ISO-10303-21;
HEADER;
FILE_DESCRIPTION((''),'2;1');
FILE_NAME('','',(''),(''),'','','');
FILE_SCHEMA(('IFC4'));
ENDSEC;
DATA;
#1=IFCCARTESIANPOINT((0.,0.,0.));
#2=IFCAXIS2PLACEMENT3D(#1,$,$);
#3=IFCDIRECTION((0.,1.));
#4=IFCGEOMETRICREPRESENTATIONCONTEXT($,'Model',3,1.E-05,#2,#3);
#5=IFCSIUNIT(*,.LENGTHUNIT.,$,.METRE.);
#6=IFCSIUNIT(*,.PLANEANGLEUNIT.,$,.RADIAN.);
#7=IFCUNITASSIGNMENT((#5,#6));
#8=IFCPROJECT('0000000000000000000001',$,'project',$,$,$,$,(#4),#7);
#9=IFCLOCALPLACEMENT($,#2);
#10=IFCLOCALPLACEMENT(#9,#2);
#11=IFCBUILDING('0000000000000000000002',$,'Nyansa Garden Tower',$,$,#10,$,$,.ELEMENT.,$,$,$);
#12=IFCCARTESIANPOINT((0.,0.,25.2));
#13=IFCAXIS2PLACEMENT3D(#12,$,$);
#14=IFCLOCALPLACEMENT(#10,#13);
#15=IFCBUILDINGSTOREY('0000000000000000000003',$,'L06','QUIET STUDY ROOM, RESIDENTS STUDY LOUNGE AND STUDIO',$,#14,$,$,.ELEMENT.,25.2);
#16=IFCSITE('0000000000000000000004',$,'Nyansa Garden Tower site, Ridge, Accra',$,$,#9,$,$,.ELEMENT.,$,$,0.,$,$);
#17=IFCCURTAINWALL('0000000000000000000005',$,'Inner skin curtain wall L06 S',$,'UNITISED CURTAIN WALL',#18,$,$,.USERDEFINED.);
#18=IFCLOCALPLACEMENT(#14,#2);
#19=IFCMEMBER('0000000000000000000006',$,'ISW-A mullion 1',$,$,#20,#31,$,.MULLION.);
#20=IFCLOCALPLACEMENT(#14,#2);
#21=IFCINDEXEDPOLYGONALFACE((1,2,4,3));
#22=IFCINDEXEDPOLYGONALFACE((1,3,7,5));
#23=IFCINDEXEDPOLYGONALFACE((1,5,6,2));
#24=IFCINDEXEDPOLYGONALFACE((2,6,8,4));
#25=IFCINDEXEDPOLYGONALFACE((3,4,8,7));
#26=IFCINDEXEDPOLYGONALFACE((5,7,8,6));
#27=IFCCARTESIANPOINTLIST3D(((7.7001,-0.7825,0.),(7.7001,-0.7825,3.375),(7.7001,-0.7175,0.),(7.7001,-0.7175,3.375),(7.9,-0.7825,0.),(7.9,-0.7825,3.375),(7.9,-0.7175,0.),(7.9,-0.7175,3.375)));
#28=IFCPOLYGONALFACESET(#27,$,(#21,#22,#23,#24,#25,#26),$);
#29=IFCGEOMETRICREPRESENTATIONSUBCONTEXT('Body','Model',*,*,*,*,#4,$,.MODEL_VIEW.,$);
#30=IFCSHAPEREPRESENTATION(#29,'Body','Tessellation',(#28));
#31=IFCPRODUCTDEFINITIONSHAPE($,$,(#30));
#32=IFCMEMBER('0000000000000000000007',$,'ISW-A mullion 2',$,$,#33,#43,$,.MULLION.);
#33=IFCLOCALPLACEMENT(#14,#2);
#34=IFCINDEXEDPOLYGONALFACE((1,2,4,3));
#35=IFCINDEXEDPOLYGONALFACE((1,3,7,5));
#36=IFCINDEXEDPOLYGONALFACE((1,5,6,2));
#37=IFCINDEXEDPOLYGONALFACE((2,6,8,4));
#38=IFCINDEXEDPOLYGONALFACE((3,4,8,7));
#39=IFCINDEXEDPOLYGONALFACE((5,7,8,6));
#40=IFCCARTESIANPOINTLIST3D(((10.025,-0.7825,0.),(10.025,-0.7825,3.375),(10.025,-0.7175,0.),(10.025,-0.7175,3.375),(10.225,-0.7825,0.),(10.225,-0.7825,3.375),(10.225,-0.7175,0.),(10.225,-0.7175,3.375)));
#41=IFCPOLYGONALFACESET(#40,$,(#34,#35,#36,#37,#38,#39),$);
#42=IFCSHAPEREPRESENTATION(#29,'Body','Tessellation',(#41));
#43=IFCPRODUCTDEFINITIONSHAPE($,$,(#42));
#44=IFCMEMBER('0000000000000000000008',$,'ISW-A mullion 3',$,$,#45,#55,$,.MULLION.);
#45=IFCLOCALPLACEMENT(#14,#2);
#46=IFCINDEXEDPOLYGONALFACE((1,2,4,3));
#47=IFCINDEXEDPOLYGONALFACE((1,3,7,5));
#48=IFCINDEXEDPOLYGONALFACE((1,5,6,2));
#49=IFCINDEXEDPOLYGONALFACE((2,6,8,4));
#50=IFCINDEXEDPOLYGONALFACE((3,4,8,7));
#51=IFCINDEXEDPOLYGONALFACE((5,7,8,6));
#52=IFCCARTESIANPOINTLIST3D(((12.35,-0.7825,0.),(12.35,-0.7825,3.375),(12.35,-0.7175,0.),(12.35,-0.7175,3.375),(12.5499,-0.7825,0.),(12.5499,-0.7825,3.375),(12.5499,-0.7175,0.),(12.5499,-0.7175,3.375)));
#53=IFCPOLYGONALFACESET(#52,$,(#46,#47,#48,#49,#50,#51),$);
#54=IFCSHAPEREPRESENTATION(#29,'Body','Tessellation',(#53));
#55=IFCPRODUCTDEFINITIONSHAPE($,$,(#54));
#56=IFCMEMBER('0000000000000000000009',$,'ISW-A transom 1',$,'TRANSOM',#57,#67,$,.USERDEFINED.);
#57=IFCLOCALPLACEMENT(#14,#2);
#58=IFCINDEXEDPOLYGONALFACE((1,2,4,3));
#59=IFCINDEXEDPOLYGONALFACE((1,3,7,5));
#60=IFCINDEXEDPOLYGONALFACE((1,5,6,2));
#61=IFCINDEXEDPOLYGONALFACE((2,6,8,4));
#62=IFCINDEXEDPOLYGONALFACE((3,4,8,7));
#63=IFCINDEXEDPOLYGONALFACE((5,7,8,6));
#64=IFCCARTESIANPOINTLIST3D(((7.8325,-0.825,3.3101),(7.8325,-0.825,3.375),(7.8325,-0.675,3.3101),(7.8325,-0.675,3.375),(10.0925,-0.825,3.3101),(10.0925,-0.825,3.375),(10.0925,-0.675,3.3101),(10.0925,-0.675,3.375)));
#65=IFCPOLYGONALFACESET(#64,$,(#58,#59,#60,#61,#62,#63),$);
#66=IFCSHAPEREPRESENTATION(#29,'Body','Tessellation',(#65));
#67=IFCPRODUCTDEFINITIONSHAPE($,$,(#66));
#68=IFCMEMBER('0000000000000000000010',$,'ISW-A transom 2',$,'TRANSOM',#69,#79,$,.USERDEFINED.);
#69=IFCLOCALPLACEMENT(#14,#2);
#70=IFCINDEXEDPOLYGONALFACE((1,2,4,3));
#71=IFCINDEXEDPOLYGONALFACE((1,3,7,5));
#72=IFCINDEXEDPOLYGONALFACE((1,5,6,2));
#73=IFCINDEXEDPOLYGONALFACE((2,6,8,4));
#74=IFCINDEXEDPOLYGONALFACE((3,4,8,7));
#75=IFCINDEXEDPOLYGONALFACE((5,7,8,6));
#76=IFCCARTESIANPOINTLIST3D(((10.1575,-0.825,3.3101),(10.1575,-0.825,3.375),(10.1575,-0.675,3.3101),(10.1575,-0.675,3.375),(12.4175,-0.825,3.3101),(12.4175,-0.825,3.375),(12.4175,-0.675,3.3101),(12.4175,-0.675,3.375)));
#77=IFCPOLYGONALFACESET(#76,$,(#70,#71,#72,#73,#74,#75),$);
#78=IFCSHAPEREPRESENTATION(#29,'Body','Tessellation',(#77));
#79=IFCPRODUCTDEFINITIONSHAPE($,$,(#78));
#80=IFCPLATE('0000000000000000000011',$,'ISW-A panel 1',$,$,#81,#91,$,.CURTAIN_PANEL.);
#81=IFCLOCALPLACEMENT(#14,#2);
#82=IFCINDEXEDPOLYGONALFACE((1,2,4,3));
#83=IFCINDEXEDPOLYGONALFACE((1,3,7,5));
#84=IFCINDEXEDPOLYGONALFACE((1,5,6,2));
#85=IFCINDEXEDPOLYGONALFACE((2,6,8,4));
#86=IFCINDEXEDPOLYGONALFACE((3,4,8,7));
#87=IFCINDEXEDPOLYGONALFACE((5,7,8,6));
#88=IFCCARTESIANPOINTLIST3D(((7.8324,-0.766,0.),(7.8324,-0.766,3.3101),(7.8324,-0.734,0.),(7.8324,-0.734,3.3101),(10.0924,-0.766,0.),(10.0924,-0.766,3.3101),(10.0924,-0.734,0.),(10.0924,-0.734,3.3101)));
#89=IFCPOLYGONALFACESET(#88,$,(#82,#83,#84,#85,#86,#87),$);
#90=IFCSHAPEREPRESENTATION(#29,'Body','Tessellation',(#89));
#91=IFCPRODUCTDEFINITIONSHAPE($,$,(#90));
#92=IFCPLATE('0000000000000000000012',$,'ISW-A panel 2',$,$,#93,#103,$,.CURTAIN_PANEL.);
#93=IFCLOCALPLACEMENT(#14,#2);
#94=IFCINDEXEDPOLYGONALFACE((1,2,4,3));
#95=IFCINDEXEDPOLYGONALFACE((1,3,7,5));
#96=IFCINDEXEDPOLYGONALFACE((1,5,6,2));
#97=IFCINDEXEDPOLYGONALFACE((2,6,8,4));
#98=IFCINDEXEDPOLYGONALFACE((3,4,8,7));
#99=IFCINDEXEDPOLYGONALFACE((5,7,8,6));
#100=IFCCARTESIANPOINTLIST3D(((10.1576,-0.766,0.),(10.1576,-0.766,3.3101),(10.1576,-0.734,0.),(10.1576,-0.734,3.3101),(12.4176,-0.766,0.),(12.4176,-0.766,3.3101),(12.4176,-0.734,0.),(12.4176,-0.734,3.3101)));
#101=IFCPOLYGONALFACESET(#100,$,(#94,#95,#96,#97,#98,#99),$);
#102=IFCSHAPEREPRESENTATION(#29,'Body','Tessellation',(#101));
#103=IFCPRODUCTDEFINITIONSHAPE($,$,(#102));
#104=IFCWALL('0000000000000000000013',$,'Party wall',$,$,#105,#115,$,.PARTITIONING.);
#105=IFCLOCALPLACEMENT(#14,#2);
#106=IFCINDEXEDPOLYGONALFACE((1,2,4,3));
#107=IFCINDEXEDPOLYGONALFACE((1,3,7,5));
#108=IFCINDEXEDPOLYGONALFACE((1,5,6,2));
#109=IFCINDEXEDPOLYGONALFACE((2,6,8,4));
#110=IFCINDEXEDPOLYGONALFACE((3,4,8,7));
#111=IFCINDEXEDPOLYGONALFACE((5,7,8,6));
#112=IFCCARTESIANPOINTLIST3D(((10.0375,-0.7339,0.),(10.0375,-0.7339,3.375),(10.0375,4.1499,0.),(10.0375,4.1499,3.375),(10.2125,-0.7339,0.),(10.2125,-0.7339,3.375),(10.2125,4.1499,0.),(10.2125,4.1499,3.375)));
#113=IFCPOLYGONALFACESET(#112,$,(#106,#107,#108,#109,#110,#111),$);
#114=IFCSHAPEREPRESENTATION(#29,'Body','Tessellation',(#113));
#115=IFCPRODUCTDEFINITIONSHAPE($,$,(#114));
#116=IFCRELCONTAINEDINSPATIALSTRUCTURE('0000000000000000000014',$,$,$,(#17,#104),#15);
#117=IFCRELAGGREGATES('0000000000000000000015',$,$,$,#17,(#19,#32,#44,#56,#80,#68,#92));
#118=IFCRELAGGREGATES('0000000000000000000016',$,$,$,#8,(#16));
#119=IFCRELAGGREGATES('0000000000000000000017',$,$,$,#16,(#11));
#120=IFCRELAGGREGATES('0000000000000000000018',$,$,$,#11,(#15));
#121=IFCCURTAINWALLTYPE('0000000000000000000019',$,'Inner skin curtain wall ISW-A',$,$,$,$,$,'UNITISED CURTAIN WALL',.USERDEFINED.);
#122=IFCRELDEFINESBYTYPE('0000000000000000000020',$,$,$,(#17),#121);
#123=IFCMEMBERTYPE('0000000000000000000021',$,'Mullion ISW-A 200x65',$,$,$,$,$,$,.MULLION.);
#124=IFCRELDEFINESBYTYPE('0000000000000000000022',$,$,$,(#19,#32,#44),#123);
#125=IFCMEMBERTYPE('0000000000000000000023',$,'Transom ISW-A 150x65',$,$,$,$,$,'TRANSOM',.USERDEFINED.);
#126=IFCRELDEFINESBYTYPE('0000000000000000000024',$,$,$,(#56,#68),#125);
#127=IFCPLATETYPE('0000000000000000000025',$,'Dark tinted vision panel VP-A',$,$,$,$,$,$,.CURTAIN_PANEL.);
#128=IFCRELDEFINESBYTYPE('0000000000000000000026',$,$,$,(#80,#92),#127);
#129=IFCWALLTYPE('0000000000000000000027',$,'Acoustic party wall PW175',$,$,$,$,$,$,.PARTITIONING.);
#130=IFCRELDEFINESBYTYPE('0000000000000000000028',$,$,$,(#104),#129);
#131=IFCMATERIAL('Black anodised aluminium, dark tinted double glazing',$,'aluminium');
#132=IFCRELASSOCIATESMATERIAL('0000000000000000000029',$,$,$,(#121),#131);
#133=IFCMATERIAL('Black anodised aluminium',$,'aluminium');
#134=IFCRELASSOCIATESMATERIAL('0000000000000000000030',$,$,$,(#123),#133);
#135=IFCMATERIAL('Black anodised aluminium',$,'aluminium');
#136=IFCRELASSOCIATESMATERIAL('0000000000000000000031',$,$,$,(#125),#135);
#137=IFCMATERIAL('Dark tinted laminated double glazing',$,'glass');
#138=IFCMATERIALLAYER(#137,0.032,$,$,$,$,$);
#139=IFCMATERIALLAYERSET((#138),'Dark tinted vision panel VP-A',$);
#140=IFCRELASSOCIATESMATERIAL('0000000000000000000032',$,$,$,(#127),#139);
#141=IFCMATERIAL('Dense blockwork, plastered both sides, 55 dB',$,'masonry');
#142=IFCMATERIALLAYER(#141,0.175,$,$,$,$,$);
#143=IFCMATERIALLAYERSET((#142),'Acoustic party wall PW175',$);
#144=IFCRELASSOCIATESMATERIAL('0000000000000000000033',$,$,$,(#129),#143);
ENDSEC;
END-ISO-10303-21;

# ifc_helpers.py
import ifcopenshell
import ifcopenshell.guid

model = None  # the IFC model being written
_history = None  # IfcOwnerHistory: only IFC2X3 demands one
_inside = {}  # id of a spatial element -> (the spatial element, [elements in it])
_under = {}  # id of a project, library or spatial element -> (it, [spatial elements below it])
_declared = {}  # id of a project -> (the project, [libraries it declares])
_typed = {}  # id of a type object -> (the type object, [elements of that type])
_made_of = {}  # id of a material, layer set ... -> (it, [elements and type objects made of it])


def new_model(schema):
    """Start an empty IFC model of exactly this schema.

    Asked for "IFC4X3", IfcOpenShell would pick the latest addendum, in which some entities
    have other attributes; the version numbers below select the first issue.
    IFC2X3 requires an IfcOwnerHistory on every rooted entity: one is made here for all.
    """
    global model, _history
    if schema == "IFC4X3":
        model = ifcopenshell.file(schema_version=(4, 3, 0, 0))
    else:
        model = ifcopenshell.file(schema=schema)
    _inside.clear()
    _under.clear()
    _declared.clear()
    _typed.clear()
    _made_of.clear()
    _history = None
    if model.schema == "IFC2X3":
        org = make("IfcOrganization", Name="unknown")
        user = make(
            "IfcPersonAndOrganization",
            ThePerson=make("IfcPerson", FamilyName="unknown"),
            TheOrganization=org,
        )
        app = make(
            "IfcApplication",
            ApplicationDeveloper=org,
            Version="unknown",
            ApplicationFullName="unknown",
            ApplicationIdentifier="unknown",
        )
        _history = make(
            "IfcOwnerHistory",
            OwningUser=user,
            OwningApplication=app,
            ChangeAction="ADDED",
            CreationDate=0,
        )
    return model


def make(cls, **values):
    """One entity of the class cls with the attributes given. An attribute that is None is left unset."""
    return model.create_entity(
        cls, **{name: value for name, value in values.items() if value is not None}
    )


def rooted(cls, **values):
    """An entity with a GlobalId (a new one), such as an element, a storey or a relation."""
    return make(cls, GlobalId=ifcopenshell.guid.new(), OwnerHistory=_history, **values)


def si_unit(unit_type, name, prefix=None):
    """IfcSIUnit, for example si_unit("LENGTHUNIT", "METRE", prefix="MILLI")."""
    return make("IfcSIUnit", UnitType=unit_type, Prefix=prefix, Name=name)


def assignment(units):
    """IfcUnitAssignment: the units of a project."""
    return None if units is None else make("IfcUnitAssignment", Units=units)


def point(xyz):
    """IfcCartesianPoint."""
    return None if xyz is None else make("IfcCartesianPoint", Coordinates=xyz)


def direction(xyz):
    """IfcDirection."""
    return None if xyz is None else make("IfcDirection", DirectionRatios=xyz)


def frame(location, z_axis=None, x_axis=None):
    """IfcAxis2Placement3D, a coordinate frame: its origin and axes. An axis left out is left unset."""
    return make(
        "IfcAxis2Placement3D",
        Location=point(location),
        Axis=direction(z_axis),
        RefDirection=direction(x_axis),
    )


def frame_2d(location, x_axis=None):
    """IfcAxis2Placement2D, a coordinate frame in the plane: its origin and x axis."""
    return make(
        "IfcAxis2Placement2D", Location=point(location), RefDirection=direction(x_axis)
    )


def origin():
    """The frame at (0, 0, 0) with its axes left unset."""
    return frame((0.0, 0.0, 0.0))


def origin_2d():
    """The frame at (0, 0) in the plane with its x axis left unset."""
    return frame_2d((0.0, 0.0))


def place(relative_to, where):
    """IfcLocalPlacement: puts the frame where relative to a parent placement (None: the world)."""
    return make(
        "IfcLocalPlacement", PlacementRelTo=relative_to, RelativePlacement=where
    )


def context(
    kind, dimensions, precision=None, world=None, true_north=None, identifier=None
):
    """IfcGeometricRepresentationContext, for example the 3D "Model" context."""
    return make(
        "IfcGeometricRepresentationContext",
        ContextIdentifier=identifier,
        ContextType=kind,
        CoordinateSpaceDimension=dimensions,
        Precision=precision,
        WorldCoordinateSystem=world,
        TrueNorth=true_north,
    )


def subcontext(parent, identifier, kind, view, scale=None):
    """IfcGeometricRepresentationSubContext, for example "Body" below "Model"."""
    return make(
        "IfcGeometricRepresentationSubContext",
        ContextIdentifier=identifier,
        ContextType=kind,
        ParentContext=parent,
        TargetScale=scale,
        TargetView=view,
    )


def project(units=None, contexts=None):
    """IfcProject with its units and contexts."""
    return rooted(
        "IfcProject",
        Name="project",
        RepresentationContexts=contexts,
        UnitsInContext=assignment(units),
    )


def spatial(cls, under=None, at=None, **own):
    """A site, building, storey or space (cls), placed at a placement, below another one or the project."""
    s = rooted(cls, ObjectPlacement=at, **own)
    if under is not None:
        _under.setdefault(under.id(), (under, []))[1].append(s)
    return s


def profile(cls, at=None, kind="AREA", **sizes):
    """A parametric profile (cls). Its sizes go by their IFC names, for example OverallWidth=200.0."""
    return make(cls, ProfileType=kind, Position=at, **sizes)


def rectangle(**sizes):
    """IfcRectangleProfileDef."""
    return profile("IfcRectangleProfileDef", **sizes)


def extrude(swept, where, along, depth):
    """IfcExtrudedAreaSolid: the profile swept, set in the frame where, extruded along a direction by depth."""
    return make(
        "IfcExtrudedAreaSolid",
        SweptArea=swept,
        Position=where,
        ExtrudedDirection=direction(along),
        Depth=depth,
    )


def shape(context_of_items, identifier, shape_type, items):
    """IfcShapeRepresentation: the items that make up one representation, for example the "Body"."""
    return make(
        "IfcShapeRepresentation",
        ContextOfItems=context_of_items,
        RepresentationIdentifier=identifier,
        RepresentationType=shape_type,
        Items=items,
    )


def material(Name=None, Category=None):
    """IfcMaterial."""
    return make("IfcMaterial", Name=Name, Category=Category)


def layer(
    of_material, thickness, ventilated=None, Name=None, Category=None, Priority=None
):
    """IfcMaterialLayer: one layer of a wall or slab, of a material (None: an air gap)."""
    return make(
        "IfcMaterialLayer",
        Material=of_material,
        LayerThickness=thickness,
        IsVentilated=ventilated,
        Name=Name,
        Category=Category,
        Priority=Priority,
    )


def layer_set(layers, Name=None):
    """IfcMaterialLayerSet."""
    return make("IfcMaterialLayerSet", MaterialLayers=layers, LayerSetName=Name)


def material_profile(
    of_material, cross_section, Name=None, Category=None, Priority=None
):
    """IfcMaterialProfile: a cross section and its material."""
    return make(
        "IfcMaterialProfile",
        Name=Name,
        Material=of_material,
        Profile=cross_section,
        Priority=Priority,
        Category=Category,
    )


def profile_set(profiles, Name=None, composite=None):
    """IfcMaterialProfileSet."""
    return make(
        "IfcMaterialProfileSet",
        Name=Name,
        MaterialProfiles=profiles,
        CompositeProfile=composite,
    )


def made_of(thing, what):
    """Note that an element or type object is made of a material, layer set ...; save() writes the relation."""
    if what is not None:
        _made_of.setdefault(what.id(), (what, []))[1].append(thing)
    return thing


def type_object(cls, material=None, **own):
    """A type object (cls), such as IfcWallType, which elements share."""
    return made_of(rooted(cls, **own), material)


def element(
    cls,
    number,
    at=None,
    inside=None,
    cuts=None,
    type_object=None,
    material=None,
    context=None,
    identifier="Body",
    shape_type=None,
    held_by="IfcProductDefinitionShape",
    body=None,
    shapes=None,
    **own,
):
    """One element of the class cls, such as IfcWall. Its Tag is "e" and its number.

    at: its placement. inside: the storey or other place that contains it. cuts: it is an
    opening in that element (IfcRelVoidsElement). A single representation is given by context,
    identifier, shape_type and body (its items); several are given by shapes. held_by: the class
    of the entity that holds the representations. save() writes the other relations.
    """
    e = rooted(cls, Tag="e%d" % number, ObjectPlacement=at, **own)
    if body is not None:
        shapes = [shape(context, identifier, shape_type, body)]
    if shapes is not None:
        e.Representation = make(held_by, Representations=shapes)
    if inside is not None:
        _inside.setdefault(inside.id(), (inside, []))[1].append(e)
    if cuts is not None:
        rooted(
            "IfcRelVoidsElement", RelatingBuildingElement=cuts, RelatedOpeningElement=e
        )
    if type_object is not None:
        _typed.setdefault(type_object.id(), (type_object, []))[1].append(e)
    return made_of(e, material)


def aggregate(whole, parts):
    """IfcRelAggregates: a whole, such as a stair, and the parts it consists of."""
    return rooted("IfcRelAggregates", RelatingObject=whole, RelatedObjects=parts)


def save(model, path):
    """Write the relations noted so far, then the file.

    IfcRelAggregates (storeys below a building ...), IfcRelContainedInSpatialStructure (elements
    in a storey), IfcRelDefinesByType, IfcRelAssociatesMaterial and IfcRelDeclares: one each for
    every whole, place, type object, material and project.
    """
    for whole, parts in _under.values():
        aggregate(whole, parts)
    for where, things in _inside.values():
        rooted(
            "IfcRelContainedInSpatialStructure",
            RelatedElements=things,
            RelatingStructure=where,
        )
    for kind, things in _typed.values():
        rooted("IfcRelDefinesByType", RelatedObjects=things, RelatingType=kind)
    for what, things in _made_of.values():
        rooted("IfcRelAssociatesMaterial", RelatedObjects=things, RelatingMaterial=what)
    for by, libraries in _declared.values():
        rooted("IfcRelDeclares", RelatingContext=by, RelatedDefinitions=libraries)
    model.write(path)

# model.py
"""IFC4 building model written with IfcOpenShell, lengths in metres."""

from ifc_helpers import new_model, si_unit, direction, frame, frame_2d, origin, origin_2d, place, context, subcontext, project, spatial, rectangle, extrude, material, layer, layer_set, material_profile, profile_set, type_object, element, aggregate, save


model = new_model("IFC4")

# Units and contexts
model_context = context("Model", 3, precision=1e-05, world=origin(), true_north=direction((0.0, 1.0)))
body_context = subcontext(model_context, "Body", "Model", "MODEL_VIEW")
ifc_project = project(units=[si_unit("LENGTHUNIT", "METRE"), si_unit("PLANEANGLEUNIT", "RADIAN")], contexts=[model_context])

# Site, building, storey
site_placement = place(None, origin())
site = spatial("IfcSite", under=ifc_project, at=site_placement, Name="Nyansa Garden Tower site, Ridge, Accra", CompositionType="ELEMENT", RefElevation=0.0)
building_placement = place(site_placement, origin())
building = spatial("IfcBuilding", under=site, at=building_placement, Name="Nyansa Garden Tower", CompositionType="ELEMENT")
storey_placement = place(building_placement, frame((0.0, 0.0, 25.2)))
storey = spatial("IfcBuildingStorey", under=building, at=storey_placement, Name="L06", Description="QUIET STUDY ROOM, RESIDENTS STUDY LOUNGE AND STUDIO", CompositionType="ELEMENT", Elevation=25.2)

# Curtain wall, members, plates
ifc_material_1 = material(Name="Black anodised aluminium, dark tinted double glazing", Category="aluminium")
curtain_wall_type = type_object("IfcCurtainWallType", Name="Inner skin curtain wall ISW-A", ElementType="UNITISED CURTAIN WALL", PredefinedType="USERDEFINED", material=ifc_material_1)
curtain_wall_placement = place(storey_placement, origin())
curtain_wall = element("IfcCurtainWall", 1, at=curtain_wall_placement, inside=storey, type_object=curtain_wall_type, Name="Inner skin curtain wall L06 S", ObjectType="UNITISED CURTAIN WALL", PredefinedType="USERDEFINED")
ifc_material_2 = material(Name="Black anodised aluminium", Category="aluminium")
ifc_material_profile_1 = material_profile(ifc_material_2, rectangle(XDim=0.0649, YDim=0.2, at=origin_2d()), Name="Mullion 200x65")
ifc_profile_set_1 = profile_set([ifc_material_profile_1], Name="Black anodised aluminium")
member_type_1 = type_object("IfcMemberType", Name="Mullion ISW-A 200x65", PredefinedType="MULLION", material=ifc_profile_set_1)
member_1_placement = place(storey_placement, frame((7.8, -0.75, 0.0), z_axis=(0.0, 0.0, 1.0), x_axis=(0.0, 1.0, 0.0)))
member_1 = element("IfcMember", 2, at=member_1_placement, type_object=member_type_1, Name="ISW-A mullion 1", PredefinedType="MULLION", context=body_context, shape_type="SweptSolid", body=[
    extrude(rectangle(XDim=0.0649, YDim=0.2, at=origin_2d()), origin(), (0.0, 0.0, 1.0), 3.375),
])
member_2_placement = place(storey_placement, frame((10.125, -0.75, 0.0), z_axis=(0.0, 0.0, 1.0), x_axis=(0.0, 1.0, 0.0)))
member_2 = element("IfcMember", 3, at=member_2_placement, type_object=member_type_1, Name="ISW-A mullion 2", PredefinedType="MULLION", context=body_context, shape_type="SweptSolid", body=[
    extrude(rectangle(XDim=0.0649, YDim=0.2, at=origin_2d()), origin(), (0.0, 0.0, 1.0), 3.375),
])
member_3_placement = place(storey_placement, frame((12.45, -0.75, 0.0), z_axis=(0.0, 0.0, 1.0), x_axis=(0.0, 1.0, 0.0)))
member_3 = element("IfcMember", 4, at=member_3_placement, type_object=member_type_1, Name="ISW-A mullion 3", PredefinedType="MULLION", context=body_context, shape_type="SweptSolid", body=[
    extrude(rectangle(XDim=0.0649, YDim=0.2, at=origin_2d()), origin(), (0.0, 0.0, 1.0), 3.375),
])
ifc_material_3 = material(Name="Black anodised aluminium", Category="aluminium")
ifc_material_profile_2 = material_profile(ifc_material_3, rectangle(XDim=0.1499, YDim=0.0649, at=origin_2d()), Name="Transom 150x65")
ifc_profile_set_2 = profile_set([ifc_material_profile_2], Name="Black anodised aluminium")
member_type_2 = type_object("IfcMemberType", Name="Transom ISW-A 150x65", ElementType="TRANSOM", PredefinedType="USERDEFINED", material=ifc_profile_set_2)
member_4_placement = place(storey_placement, frame((7.8325, -0.75, 3.3425), z_axis=(1.0, 0.0, 0.0), x_axis=(0.0, 1.0, 0.0)))
member_4 = element("IfcMember", 5, at=member_4_placement, type_object=member_type_2, Name="ISW-A transom 1", ObjectType="TRANSOM", PredefinedType="USERDEFINED", context=body_context, shape_type="SweptSolid", body=[
    extrude(rectangle(XDim=0.1499, YDim=0.0649, at=origin_2d()), origin(), (0.0, 0.0, 1.0), 2.26),
])
member_5_placement = place(storey_placement, frame((10.1575, -0.75, 3.3425), z_axis=(1.0, 0.0, 0.0), x_axis=(0.0, 1.0, 0.0)))
member_5 = element("IfcMember", 6, at=member_5_placement, type_object=member_type_2, Name="ISW-A transom 2", ObjectType="TRANSOM", PredefinedType="USERDEFINED", context=body_context, shape_type="SweptSolid", body=[
    extrude(rectangle(XDim=0.1499, YDim=0.0649, at=origin_2d()), origin(), (0.0, 0.0, 1.0), 2.26),
])
ifc_material_4 = material(Name="Dark tinted laminated double glazing", Category="glass")
ifc_layer_1 = layer(ifc_material_4, 0.032)
ifc_layer_set_1 = layer_set([ifc_layer_1], Name="Dark tinted vision panel VP-A")
plate_type = type_object("IfcPlateType", Name="Dark tinted vision panel VP-A", PredefinedType="CURTAIN_PANEL", material=ifc_layer_set_1)
plate_1_placement = place(storey_placement, frame((8.9624, -0.75, 0.0), z_axis=(0.0, 0.0, 1.0), x_axis=(1.0, 0.0, 0.0)))
plate_1 = element("IfcPlate", 7, at=plate_1_placement, type_object=plate_type, Name="ISW-A panel 1", PredefinedType="CURTAIN_PANEL", context=body_context, shape_type="SweptSolid", body=[
    extrude(rectangle(XDim=2.26, YDim=0.032, at=origin_2d()), origin(), (0.0, 0.0, 1.0), 3.3101),
])
plate_2_placement = place(storey_placement, frame((11.2876, -0.75, 0.0), z_axis=(0.0, 0.0, 1.0), x_axis=(1.0, 0.0, 0.0)))
plate_2 = element("IfcPlate", 8, at=plate_2_placement, type_object=plate_type, Name="ISW-A panel 2", PredefinedType="CURTAIN_PANEL", context=body_context, shape_type="SweptSolid", body=[
    extrude(rectangle(XDim=2.26, YDim=0.032, at=origin_2d()), origin(), (0.0, 0.0, 1.0), 3.3101),
])
aggregate(curtain_wall, [member_1, member_2, member_3, member_4, plate_1, member_5, plate_2])

# Wall
ifc_material_5 = material(Name="Dense blockwork, plastered both sides, 55 dB", Category="masonry")
ifc_layer_2 = layer(ifc_material_5, 0.175)
ifc_layer_set_2 = layer_set([ifc_layer_2], Name="Acoustic party wall PW175")
wall_type_1 = type_object("IfcWallType", Name="Acoustic party wall PW175", PredefinedType="PARTITIONING", material=ifc_layer_set_2)
wall_1_placement = place(storey_placement, frame((10.125, -0.7339, 0.0), z_axis=(0.0, 0.0, 1.0), x_axis=(0.0, 1.0, 0.0)))
element("IfcWall", 9, at=wall_1_placement, inside=storey, type_object=wall_type_1, Name="Party wall", PredefinedType="PARTITIONING", context=body_context, shape_type="SweptSolid", body=[
    extrude(rectangle(XDim=4.8838, YDim=0.175, at=frame_2d((2.4419, 0.0))), origin(), (0.0, 0.0, 1.0), 3.375),
])

save(model, "model.ifc")
